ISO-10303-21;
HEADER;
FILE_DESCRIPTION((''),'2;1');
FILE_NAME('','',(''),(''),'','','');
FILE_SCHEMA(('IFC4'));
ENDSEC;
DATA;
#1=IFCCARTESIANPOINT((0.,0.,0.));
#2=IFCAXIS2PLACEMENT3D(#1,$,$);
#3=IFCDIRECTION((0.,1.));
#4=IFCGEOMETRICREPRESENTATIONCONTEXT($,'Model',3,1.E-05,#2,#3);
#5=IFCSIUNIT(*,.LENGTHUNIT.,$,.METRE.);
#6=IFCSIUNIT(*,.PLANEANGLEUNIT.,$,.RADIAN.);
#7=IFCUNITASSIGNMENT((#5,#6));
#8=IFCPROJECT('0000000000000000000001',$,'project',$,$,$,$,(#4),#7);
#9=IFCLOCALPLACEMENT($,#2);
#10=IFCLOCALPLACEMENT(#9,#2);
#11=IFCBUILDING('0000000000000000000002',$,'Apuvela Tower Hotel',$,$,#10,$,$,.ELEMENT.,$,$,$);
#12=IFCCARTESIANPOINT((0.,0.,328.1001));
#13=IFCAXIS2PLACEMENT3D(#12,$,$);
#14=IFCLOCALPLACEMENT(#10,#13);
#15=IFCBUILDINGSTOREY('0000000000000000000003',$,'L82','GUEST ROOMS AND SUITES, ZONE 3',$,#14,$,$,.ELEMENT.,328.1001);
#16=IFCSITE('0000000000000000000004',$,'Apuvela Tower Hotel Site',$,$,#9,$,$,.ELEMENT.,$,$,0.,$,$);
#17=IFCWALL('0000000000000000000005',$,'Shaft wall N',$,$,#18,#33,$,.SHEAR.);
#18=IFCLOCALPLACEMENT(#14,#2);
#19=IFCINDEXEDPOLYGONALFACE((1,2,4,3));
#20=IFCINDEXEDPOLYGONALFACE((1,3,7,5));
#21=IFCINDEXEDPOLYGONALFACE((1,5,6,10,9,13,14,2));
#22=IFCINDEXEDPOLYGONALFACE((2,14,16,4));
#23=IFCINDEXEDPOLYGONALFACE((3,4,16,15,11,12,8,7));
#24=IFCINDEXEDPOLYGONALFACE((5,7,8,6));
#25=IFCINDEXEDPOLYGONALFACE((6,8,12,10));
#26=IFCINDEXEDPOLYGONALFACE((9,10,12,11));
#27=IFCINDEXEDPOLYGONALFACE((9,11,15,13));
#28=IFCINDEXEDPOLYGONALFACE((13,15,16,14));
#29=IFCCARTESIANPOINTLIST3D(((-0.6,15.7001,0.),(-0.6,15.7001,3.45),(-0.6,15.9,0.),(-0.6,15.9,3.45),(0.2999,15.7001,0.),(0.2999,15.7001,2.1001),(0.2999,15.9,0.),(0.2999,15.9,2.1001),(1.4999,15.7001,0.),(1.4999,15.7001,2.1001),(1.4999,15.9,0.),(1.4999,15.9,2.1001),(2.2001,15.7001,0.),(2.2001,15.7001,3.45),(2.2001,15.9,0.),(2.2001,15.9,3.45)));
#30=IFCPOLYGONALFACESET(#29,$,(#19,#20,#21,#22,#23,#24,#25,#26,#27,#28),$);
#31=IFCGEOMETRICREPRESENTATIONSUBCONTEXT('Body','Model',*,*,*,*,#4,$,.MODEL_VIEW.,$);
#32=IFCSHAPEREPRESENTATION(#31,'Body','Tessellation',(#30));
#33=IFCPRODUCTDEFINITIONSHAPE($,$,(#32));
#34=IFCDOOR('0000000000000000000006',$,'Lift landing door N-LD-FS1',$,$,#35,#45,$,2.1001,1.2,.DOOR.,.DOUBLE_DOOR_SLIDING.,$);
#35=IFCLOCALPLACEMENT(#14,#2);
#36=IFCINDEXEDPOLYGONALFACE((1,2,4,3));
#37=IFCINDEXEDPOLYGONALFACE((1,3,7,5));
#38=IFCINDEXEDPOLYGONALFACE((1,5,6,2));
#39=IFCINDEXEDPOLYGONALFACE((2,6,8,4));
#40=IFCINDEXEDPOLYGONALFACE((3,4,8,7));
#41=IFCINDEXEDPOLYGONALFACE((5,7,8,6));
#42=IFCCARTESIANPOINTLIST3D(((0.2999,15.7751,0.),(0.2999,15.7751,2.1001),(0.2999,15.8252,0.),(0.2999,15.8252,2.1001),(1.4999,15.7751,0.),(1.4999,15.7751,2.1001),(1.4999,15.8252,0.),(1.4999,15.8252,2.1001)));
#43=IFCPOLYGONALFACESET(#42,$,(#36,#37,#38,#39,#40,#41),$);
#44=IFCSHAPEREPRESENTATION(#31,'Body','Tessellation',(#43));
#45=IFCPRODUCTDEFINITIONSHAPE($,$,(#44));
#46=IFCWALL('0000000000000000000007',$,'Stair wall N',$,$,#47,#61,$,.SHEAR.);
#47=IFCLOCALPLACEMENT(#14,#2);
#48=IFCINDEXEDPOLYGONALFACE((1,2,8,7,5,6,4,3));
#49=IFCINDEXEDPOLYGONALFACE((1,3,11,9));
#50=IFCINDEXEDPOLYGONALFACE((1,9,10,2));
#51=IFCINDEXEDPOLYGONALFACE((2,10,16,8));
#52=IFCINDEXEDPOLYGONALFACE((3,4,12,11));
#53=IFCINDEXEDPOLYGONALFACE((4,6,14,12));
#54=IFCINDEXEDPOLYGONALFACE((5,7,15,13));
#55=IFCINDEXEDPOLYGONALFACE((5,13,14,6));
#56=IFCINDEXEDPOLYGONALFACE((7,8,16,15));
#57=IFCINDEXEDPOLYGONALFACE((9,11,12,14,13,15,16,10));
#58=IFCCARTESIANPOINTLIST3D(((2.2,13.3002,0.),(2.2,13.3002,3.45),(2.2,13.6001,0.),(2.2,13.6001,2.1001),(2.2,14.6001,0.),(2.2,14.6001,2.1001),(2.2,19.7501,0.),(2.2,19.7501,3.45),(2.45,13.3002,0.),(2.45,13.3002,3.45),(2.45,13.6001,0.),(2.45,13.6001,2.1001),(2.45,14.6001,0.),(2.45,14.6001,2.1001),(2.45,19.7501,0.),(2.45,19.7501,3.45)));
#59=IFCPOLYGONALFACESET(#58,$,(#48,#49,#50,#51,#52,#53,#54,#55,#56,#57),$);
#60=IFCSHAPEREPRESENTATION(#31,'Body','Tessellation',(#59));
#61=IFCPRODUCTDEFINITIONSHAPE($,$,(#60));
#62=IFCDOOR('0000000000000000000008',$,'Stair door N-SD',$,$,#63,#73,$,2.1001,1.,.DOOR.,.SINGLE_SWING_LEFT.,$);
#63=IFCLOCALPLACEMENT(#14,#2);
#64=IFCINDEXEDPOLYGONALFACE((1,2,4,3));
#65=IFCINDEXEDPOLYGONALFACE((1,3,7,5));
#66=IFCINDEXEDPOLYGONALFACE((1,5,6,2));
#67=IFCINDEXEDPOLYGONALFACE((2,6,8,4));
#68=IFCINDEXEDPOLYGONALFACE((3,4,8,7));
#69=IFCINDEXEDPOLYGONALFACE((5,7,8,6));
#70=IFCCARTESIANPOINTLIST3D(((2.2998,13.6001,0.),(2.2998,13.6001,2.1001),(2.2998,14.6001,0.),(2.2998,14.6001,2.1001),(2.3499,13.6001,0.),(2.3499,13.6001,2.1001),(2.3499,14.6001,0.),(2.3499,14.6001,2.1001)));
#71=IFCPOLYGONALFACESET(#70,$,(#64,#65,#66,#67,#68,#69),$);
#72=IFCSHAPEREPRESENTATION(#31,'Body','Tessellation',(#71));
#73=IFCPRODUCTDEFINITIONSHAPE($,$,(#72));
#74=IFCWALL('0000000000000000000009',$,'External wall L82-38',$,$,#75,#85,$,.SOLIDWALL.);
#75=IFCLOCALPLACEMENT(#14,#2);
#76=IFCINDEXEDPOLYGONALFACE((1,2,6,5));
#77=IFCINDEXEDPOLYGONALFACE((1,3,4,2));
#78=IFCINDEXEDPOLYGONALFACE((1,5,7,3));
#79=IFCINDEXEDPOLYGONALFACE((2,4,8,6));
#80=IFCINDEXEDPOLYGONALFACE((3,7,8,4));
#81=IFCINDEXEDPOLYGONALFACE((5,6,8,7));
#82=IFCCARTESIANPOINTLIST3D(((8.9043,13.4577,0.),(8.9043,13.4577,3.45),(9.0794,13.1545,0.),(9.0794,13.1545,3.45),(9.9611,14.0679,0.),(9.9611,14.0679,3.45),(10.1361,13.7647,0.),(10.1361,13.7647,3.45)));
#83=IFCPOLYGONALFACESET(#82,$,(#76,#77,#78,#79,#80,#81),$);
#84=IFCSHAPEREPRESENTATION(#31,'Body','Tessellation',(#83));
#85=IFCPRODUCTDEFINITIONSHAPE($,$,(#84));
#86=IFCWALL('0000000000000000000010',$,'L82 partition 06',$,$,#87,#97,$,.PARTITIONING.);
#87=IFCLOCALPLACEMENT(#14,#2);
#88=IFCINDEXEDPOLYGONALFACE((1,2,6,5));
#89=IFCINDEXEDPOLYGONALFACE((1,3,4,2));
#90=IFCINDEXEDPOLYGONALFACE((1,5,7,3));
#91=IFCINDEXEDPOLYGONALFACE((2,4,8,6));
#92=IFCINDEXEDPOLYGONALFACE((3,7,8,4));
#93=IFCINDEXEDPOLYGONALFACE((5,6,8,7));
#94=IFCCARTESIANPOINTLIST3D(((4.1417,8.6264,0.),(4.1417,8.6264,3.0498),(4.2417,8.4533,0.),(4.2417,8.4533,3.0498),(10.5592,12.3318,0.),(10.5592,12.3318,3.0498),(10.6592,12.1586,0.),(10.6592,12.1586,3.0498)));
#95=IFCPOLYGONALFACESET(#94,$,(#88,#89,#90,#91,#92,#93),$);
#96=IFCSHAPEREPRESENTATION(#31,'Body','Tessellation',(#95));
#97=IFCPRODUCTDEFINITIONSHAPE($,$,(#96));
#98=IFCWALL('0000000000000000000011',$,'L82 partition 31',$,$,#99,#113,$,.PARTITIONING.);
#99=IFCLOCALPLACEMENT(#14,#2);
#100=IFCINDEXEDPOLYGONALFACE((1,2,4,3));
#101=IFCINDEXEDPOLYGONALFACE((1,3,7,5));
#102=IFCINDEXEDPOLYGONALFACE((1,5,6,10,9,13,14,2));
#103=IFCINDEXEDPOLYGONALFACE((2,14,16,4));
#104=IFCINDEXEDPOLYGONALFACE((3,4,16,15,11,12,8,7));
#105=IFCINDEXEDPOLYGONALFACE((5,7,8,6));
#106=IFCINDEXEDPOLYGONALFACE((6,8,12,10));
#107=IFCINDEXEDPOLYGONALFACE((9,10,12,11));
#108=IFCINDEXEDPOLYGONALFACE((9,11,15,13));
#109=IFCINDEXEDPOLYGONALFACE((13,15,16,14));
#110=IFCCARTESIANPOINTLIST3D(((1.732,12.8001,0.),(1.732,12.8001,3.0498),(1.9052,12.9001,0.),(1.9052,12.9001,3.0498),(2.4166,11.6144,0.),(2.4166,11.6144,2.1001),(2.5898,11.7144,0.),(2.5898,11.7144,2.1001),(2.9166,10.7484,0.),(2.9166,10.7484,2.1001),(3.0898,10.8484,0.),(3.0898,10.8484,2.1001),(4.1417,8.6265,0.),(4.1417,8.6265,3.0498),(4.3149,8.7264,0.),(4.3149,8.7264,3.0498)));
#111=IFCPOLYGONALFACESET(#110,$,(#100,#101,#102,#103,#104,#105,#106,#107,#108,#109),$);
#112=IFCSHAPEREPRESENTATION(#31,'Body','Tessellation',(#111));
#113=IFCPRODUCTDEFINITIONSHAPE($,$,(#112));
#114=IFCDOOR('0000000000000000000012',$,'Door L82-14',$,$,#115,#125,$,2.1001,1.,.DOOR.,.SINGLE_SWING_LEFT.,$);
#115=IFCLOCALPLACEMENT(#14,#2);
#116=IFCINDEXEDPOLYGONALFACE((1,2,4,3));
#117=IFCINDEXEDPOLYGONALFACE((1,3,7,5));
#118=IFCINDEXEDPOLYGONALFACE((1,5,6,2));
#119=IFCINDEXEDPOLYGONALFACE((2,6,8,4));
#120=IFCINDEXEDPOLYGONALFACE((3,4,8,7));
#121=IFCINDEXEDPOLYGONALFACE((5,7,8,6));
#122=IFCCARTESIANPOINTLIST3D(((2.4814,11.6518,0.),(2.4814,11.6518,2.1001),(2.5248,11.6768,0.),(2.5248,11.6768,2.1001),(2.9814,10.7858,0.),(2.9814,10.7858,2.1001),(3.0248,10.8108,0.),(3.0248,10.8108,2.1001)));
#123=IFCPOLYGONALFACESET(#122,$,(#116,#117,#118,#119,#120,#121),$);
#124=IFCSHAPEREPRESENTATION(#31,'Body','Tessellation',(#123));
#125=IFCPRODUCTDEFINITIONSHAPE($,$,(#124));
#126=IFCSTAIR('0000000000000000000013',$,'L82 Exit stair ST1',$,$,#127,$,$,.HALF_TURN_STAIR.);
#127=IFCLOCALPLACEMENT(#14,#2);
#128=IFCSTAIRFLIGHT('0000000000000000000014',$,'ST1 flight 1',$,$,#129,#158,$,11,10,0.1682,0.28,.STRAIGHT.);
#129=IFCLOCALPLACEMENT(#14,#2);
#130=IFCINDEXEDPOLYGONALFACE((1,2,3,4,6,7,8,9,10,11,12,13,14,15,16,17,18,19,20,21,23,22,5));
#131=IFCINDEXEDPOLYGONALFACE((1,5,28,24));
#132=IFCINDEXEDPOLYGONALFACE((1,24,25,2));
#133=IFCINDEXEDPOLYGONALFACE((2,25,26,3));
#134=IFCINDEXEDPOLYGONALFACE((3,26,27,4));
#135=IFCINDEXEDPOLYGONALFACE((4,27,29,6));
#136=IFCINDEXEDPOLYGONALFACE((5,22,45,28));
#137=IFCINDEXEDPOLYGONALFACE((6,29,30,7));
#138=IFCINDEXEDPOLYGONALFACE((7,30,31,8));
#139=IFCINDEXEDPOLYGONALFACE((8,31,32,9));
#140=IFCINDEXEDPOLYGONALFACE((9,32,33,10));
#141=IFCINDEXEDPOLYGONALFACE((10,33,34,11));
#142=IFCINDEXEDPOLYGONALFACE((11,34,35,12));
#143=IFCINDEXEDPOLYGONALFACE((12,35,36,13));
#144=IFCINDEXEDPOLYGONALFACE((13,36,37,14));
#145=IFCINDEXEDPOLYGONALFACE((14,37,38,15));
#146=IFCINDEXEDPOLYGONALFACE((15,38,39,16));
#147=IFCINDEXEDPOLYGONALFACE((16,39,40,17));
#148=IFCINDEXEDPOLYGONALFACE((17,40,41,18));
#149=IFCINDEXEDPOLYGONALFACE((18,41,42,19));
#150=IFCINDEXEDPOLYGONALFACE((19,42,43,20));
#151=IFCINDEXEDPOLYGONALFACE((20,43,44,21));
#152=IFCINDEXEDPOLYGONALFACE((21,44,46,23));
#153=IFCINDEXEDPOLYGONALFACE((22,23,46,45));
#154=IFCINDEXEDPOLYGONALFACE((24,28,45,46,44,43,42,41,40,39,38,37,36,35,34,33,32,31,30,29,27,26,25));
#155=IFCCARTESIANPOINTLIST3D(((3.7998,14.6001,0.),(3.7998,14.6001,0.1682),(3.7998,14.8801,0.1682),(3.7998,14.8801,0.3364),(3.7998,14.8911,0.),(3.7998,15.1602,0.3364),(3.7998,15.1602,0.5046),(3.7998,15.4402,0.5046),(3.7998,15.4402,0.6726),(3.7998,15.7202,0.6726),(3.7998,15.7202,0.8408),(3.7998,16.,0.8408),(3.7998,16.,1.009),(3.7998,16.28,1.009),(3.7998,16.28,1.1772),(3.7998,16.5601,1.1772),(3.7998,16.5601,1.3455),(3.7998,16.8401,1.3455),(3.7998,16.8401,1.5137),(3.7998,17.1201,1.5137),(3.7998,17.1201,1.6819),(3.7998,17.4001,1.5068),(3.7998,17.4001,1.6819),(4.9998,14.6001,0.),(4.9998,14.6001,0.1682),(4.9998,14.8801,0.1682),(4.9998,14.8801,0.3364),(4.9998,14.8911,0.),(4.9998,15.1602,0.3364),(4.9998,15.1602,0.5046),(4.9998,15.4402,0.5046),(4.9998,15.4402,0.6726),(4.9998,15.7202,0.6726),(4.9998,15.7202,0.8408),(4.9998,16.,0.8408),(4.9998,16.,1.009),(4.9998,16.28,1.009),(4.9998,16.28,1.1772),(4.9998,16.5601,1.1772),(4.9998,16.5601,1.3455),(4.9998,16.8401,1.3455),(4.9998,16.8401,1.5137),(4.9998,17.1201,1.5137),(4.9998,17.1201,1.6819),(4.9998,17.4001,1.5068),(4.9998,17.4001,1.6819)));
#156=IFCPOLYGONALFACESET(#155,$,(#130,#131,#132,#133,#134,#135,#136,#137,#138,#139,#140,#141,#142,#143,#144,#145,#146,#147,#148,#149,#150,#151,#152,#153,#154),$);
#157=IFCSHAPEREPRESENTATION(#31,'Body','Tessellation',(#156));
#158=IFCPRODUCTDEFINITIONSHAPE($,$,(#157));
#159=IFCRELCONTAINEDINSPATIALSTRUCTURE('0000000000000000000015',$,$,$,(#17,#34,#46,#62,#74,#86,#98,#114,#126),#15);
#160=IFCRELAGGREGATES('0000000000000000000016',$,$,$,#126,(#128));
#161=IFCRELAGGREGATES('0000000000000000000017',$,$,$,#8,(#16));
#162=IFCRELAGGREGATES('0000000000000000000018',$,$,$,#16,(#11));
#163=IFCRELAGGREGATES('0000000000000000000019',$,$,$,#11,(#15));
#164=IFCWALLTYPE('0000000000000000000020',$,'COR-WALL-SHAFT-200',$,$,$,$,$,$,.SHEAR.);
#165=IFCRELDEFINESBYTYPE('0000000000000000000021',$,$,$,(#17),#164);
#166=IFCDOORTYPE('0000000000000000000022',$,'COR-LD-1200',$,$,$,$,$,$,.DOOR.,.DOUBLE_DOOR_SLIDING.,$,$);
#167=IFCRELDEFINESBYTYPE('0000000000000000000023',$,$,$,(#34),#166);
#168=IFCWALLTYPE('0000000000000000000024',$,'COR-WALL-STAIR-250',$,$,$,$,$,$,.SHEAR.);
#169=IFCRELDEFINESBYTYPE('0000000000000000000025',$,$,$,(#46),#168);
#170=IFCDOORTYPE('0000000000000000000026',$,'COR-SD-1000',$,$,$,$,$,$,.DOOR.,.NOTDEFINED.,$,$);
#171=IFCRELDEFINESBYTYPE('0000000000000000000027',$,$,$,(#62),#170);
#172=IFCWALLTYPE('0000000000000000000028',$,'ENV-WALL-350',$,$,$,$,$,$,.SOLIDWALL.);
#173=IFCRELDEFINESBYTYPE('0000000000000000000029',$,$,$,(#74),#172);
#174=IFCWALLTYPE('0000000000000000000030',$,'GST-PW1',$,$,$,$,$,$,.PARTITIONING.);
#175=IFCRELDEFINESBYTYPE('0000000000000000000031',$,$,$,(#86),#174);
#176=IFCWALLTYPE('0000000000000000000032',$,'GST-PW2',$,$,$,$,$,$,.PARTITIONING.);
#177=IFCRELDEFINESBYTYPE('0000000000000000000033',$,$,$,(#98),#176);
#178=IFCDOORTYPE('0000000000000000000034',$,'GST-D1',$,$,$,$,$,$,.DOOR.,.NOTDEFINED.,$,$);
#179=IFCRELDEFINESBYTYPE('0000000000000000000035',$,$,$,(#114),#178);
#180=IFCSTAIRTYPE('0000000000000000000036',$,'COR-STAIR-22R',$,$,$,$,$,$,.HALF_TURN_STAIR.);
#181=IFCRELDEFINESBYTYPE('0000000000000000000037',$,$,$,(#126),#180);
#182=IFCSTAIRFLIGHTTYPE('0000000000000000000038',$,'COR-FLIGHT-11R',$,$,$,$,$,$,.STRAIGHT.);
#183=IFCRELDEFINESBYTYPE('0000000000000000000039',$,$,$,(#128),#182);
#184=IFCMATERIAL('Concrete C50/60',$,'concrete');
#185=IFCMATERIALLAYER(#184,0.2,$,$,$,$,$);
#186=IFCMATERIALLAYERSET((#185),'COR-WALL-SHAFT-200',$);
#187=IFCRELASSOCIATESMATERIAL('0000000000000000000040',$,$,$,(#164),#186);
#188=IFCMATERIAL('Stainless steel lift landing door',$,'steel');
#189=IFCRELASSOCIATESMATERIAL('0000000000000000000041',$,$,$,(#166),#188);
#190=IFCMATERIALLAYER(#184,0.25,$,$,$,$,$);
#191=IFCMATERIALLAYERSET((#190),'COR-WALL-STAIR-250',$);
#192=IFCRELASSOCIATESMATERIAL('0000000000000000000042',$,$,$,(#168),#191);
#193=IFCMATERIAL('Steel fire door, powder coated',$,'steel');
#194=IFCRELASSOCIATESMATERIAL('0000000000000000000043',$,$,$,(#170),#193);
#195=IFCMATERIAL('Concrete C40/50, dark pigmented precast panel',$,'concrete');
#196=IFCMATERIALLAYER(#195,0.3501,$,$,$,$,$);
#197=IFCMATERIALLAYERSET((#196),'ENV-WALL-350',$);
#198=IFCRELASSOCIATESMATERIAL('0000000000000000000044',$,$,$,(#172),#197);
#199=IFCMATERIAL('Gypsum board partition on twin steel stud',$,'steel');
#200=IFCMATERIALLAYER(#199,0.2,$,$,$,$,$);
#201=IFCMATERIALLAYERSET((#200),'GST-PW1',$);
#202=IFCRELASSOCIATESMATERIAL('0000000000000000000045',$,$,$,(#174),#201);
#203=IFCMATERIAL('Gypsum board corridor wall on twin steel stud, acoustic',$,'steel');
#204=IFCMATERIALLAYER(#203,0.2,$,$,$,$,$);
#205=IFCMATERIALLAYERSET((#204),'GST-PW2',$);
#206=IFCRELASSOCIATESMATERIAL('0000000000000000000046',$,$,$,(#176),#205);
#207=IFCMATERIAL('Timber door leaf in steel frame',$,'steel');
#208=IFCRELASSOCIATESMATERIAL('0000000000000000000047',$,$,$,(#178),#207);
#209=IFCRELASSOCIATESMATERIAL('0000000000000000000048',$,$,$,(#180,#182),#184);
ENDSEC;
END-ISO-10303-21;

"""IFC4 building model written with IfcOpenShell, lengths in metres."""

from ifc_helpers import new_model, si_unit, direction, frame, frame_2d, origin, place, context, subcontext, project, spatial, polyline, rectangle, outline, extrude, material, layer, layer_set, type_object, element, fill, aggregate, save


model = new_model("IFC4")

# Units and contexts
model_context = context("Model", 3, precision=1e-05, world=origin(), true_north=direction((0.0, 1.0)))
body_context = subcontext(model_context, "Body", "Model", "MODEL_VIEW")
ifc_project = project(units=[si_unit("LENGTHUNIT", "METRE"), si_unit("PLANEANGLEUNIT", "RADIAN")], contexts=[model_context])

# Site, building, storey
site_placement = place(None, origin())
site = spatial("IfcSite", under=ifc_project, at=site_placement, Name="Apuvela Tower Hotel Site", CompositionType="ELEMENT", RefElevation=0.0)
building_placement = place(site_placement, origin())
building = spatial("IfcBuilding", under=site, at=building_placement, Name="Apuvela Tower Hotel", CompositionType="ELEMENT")
storey_placement = place(building_placement, frame((0.0, 0.0, 328.1001)))
storey = spatial("IfcBuildingStorey", under=building, at=storey_placement, Name="L82", Description="GUEST ROOMS AND SUITES, ZONE 3", CompositionType="ELEMENT", Elevation=328.1001)

# Shared definitions
ifc_material_1 = material(Name="Concrete C50/60", Category="concrete")
ifc_material_2 = material(Name="Steel fire door, powder coated", Category="steel")

# Walls, openings, doors
ifc_layer_1 = layer(ifc_material_1, 0.2)
ifc_layer_set_1 = layer_set([ifc_layer_1], Name="COR-WALL-SHAFT-200")
wall_type_1 = type_object("IfcWallType", Name="COR-WALL-SHAFT-200", PredefinedType="SHEAR", material=ifc_layer_set_1)
wall_1_placement = place(storey_placement, frame((2.2, 15.8, 0.0), z_axis=(0.0, 0.0, 1.0), x_axis=(-1.0, 0.0, 0.0)))
wall_1 = element("IfcWall", 1, at=wall_1_placement, inside=storey, type_object=wall_type_1, Name="Shaft wall N", PredefinedType="SHEAR", context=body_context, shape_type="SweptSolid", body=[
    extrude(rectangle(XDim=2.8, YDim=0.2, at=frame_2d((1.3999, 0.0))), origin(), (0.0, 0.0, 1.0), 3.45),
])
opening_1_placement = place(wall_1_placement, frame((0.7, 0.0, 0.0)))
opening_1 = element("IfcOpeningElement", 2, at=opening_1_placement, cuts=wall_1, PredefinedType="OPENING", context=body_context, shape_type="SweptSolid", body=[
    extrude(rectangle(XDim=1.2, YDim=2.1001, at=frame_2d((0.6001, 1.05))), frame((0.0, 0.1099, 0.0), z_axis=(0.0, -1.0, 0.0), x_axis=(1.0, 0.0, 0.0)), (0.0, 0.0, 1.0), 0.22),
])
ifc_material_3 = material(Name="Stainless steel lift landing door", Category="steel")
door_type_1 = type_object("IfcDoorType", Name="COR-LD-1200", OperationType="DOUBLE_DOOR_SLIDING", PredefinedType="DOOR", material=ifc_material_3)
door_1_placement = place(opening_1_placement, origin())
door_1 = element("IfcDoor", 3, at=door_1_placement, inside=storey, type_object=door_type_1, Name="Lift landing door N-LD-FS1", OperationType="DOUBLE_DOOR_SLIDING", OverallHeight=2.1001, OverallWidth=1.2, PredefinedType="DOOR", context=body_context, shape_type="SweptSolid", body=[
    extrude(rectangle(XDim=1.2, YDim=2.1001, at=frame_2d((0.6001, 1.05))), frame((0.0, 0.0249, 0.0), z_axis=(0.0, -1.0, 0.0), x_axis=(1.0, 0.0, 0.0)), (0.0, 0.0, 1.0), 0.05),
])
fill(opening_1, door_1)
ifc_layer_2 = layer(ifc_material_1, 0.25)
ifc_layer_set_2 = layer_set([ifc_layer_2], Name="COR-WALL-STAIR-250")
wall_type_2 = type_object("IfcWallType", Name="COR-WALL-STAIR-250", PredefinedType="SHEAR", material=ifc_layer_set_2)
wall_2_placement = place(storey_placement, frame((2.325, 13.3, 0.0), z_axis=(0.0, 0.0, 1.0), x_axis=(0.0, 1.0, 0.0)))
wall_2 = element("IfcWall", 4, at=wall_2_placement, inside=storey, type_object=wall_type_2, Name="Stair wall N", PredefinedType="SHEAR", context=body_context, shape_type="SweptSolid", body=[
    extrude(rectangle(XDim=6.45, YDim=0.25, at=frame_2d((3.2251, 0.0))), origin(), (0.0, 0.0, 1.0), 3.45),
])
opening_2_placement = place(wall_2_placement, frame((0.3, 0.0, 0.0)))
opening_2 = element("IfcOpeningElement", 5, at=opening_2_placement, cuts=wall_2, PredefinedType="OPENING", context=body_context, shape_type="SweptSolid", body=[
    extrude(rectangle(XDim=1.0, YDim=2.1001, at=frame_2d((0.5, 1.05))), frame((0.0, 0.135, 0.0), z_axis=(0.0, -1.0, 0.0), x_axis=(1.0, 0.0, 0.0)), (0.0, 0.0, 1.0), 0.27),
])
door_type_2 = type_object("IfcDoorType", Name="COR-SD-1000", OperationType="NOTDEFINED", PredefinedType="DOOR", material=ifc_material_2)
door_2_placement = place(opening_2_placement, frame((1.0, 0.0, 0.0), z_axis=(0.0, 0.0, 1.0), x_axis=(-1.0, 0.0, 0.0)))
door_2 = element("IfcDoor", 6, at=door_2_placement, inside=storey, type_object=door_type_2, Name="Stair door N-SD", OperationType="SINGLE_SWING_LEFT", OverallHeight=2.1001, OverallWidth=1.0, PredefinedType="DOOR", context=body_context, shape_type="SweptSolid", body=[
    extrude(rectangle(XDim=1.0, YDim=2.1001, at=frame_2d((0.5, 1.05))), frame((0.0, 0.0249, 0.0), z_axis=(0.0, -1.0, 0.0), x_axis=(1.0, 0.0, 0.0)), (0.0, 0.0, 1.0), 0.05),
])
fill(opening_2, door_2)

# Wall
ifc_material_4 = material(Name="Concrete C40/50, dark pigmented precast panel", Category="concrete")
ifc_layer_3 = layer(ifc_material_4, 0.3501)
ifc_layer_set_3 = layer_set([ifc_layer_3], Name="ENV-WALL-350")
wall_type_3 = type_object("IfcWallType", Name="ENV-WALL-350", PredefinedType="SOLIDWALL", material=ifc_layer_set_3)
wall_3_placement = place(storey_placement, frame((10.0486, 13.9163, 0.0), z_axis=(0.0, 0.0, 1.0), x_axis=(-0.866006, -0.500034, 0.0)))
element("IfcWall", 7, at=wall_3_placement, inside=storey, type_object=wall_type_3, Name="External wall L82-38", PredefinedType="SOLIDWALL", context=body_context, shape_type="SweptSolid", body=[
    extrude(rectangle(XDim=1.2202, YDim=0.3501, at=frame_2d((0.6101, 0.0))), origin(), (0.0, 0.0, 1.0), 3.45),
])

# Wall
ifc_material_5 = material(Name="Gypsum board partition on twin steel stud", Category="steel")
ifc_layer_4 = layer(ifc_material_5, 0.2)
ifc_layer_set_4 = layer_set([ifc_layer_4], Name="GST-PW1")
wall_type_4 = type_object("IfcWallType", Name="GST-PW1", PredefinedType="PARTITIONING", material=ifc_layer_set_4)
wall_4_placement = place(storey_placement, frame((10.6091, 12.2451, 0.0), z_axis=(0.0, 0.0, 1.0), x_axis=(-0.866014, -0.500019, 0.0)))
element("IfcWall", 8, at=wall_4_placement, inside=storey, type_object=wall_type_4, Name="L82 partition 06", PredefinedType="PARTITIONING", context=body_context, shape_type="SweptSolid", body=[
    extrude(rectangle(XDim=7.4104, YDim=0.2, at=frame_2d((3.7051, 0.0))), origin(), (0.0, 0.0, 1.0), 3.0498),
])

# Wall, opening, door
ifc_material_6 = material(Name="Gypsum board corridor wall on twin steel stud, acoustic", Category="steel")
ifc_layer_5 = layer(ifc_material_6, 0.2)
ifc_layer_set_5 = layer_set([ifc_layer_5], Name="GST-PW2")
wall_type_5 = type_object("IfcWallType", Name="GST-PW2", PredefinedType="PARTITIONING", material=ifc_layer_set_5)
wall_5_placement = place(storey_placement, frame((1.8186, 12.8501, 0.0), z_axis=(0.0, 0.0, 1.0), x_axis=(0.500007, -0.866021, 0.0)))
wall_5 = element("IfcWall", 9, at=wall_5_placement, inside=storey, type_object=wall_type_5, Name="L82 partition 31", PredefinedType="PARTITIONING", context=body_context, shape_type="SweptSolid", body=[
    extrude(rectangle(XDim=4.8193, YDim=0.2, at=frame_2d((2.4097, 0.0))), origin(), (0.0, 0.0, 1.0), 3.0498),
])
opening_3_placement = place(wall_5_placement, frame((1.3691, 0.0, 0.0)))
opening_3 = element("IfcOpeningElement", 10, at=opening_3_placement, cuts=wall_5, PredefinedType="OPENING", context=body_context, shape_type="SweptSolid", body=[
    extrude(rectangle(XDim=1.0, YDim=2.1001, at=frame_2d((0.5, 1.05))), frame((0.0, 0.1099, 0.0), z_axis=(0.0, -1.0, 0.0), x_axis=(1.0, 0.0, 0.0)), (0.0, 0.0, 1.0), 0.22),
])
ifc_material_7 = material(Name="Timber door leaf in steel frame", Category="steel")
door_type_3 = type_object("IfcDoorType", Name="GST-D1", OperationType="NOTDEFINED", PredefinedType="DOOR", material=ifc_material_7)
door_3_placement = place(opening_3_placement, origin())
door_3 = element("IfcDoor", 11, at=door_3_placement, inside=storey, type_object=door_type_3, Name="Door L82-14", OperationType="SINGLE_SWING_LEFT", OverallHeight=2.1001, OverallWidth=1.0, PredefinedType="DOOR", context=body_context, shape_type="SweptSolid", body=[
    extrude(rectangle(XDim=1.0, YDim=2.1001, at=frame_2d((0.5, 1.05))), frame((0.0, 0.0249, 0.0), z_axis=(0.0, -1.0, 0.0), x_axis=(1.0, 0.0, 0.0)), (0.0, 0.0, 1.0), 0.05),
])
fill(opening_3, door_3)

# Stair, stair flight
stair_type = type_object("IfcStairType", Name="COR-STAIR-22R", PredefinedType="HALF_TURN_STAIR", material=ifc_material_1)
stair_placement = place(storey_placement, origin())
stair = element("IfcStair", 12, at=stair_placement, inside=storey, type_object=stair_type, Name="L82 Exit stair ST1", PredefinedType="HALF_TURN_STAIR")
stair_flight_type = type_object("IfcStairFlightType", Name="COR-FLIGHT-11R", PredefinedType="STRAIGHT", material=ifc_material_1)
stair_flight_placement = place(storey_placement, frame((4.3999, 14.6001, 0.0), z_axis=(0.0, 0.0, 1.0), x_axis=(0.0, 1.0, 0.0)))
stair_flight = element("IfcStairFlight", 13, at=stair_flight_placement, type_object=stair_flight_type, Name="ST1 flight 1", NumberOfRisers=11, NumberOfTreads=10, PredefinedType="STRAIGHT", RiserHeight=0.1682, TreadLength=0.28, context=body_context, shape_type="SweptSolid", body=[
    extrude(outline(polyline([(0.0, 0.0), (0.0, 0.1682), (0.28, 0.1682), (0.28, 0.3364), (0.5601, 0.3364), (0.5601, 0.5046), (0.8401, 0.5046), (0.8401, 0.6726), (1.1201, 0.6726), (1.1201, 0.8408), (1.3999, 0.8408), (1.3999, 1.009), (1.6799, 1.009), (1.6799, 1.1772), (1.96, 1.1772), (1.96, 1.3455), (2.24, 1.3455), (2.24, 1.5137), (2.52, 1.5137), (2.52, 1.6819), (2.8, 1.6819), (2.8, 1.8501), (2.8, 1.5068), (0.291, 0.0), (0.0, 0.0)])), frame((0.0, 0.6001, 0.0), z_axis=(0.0, -1.0, 0.0), x_axis=(1.0, 0.0, 0.0)), (0.0, 0.0, 1.0), 1.2),
])
aggregate(stair, [stair_flight])

save(model, "model.ifc")
